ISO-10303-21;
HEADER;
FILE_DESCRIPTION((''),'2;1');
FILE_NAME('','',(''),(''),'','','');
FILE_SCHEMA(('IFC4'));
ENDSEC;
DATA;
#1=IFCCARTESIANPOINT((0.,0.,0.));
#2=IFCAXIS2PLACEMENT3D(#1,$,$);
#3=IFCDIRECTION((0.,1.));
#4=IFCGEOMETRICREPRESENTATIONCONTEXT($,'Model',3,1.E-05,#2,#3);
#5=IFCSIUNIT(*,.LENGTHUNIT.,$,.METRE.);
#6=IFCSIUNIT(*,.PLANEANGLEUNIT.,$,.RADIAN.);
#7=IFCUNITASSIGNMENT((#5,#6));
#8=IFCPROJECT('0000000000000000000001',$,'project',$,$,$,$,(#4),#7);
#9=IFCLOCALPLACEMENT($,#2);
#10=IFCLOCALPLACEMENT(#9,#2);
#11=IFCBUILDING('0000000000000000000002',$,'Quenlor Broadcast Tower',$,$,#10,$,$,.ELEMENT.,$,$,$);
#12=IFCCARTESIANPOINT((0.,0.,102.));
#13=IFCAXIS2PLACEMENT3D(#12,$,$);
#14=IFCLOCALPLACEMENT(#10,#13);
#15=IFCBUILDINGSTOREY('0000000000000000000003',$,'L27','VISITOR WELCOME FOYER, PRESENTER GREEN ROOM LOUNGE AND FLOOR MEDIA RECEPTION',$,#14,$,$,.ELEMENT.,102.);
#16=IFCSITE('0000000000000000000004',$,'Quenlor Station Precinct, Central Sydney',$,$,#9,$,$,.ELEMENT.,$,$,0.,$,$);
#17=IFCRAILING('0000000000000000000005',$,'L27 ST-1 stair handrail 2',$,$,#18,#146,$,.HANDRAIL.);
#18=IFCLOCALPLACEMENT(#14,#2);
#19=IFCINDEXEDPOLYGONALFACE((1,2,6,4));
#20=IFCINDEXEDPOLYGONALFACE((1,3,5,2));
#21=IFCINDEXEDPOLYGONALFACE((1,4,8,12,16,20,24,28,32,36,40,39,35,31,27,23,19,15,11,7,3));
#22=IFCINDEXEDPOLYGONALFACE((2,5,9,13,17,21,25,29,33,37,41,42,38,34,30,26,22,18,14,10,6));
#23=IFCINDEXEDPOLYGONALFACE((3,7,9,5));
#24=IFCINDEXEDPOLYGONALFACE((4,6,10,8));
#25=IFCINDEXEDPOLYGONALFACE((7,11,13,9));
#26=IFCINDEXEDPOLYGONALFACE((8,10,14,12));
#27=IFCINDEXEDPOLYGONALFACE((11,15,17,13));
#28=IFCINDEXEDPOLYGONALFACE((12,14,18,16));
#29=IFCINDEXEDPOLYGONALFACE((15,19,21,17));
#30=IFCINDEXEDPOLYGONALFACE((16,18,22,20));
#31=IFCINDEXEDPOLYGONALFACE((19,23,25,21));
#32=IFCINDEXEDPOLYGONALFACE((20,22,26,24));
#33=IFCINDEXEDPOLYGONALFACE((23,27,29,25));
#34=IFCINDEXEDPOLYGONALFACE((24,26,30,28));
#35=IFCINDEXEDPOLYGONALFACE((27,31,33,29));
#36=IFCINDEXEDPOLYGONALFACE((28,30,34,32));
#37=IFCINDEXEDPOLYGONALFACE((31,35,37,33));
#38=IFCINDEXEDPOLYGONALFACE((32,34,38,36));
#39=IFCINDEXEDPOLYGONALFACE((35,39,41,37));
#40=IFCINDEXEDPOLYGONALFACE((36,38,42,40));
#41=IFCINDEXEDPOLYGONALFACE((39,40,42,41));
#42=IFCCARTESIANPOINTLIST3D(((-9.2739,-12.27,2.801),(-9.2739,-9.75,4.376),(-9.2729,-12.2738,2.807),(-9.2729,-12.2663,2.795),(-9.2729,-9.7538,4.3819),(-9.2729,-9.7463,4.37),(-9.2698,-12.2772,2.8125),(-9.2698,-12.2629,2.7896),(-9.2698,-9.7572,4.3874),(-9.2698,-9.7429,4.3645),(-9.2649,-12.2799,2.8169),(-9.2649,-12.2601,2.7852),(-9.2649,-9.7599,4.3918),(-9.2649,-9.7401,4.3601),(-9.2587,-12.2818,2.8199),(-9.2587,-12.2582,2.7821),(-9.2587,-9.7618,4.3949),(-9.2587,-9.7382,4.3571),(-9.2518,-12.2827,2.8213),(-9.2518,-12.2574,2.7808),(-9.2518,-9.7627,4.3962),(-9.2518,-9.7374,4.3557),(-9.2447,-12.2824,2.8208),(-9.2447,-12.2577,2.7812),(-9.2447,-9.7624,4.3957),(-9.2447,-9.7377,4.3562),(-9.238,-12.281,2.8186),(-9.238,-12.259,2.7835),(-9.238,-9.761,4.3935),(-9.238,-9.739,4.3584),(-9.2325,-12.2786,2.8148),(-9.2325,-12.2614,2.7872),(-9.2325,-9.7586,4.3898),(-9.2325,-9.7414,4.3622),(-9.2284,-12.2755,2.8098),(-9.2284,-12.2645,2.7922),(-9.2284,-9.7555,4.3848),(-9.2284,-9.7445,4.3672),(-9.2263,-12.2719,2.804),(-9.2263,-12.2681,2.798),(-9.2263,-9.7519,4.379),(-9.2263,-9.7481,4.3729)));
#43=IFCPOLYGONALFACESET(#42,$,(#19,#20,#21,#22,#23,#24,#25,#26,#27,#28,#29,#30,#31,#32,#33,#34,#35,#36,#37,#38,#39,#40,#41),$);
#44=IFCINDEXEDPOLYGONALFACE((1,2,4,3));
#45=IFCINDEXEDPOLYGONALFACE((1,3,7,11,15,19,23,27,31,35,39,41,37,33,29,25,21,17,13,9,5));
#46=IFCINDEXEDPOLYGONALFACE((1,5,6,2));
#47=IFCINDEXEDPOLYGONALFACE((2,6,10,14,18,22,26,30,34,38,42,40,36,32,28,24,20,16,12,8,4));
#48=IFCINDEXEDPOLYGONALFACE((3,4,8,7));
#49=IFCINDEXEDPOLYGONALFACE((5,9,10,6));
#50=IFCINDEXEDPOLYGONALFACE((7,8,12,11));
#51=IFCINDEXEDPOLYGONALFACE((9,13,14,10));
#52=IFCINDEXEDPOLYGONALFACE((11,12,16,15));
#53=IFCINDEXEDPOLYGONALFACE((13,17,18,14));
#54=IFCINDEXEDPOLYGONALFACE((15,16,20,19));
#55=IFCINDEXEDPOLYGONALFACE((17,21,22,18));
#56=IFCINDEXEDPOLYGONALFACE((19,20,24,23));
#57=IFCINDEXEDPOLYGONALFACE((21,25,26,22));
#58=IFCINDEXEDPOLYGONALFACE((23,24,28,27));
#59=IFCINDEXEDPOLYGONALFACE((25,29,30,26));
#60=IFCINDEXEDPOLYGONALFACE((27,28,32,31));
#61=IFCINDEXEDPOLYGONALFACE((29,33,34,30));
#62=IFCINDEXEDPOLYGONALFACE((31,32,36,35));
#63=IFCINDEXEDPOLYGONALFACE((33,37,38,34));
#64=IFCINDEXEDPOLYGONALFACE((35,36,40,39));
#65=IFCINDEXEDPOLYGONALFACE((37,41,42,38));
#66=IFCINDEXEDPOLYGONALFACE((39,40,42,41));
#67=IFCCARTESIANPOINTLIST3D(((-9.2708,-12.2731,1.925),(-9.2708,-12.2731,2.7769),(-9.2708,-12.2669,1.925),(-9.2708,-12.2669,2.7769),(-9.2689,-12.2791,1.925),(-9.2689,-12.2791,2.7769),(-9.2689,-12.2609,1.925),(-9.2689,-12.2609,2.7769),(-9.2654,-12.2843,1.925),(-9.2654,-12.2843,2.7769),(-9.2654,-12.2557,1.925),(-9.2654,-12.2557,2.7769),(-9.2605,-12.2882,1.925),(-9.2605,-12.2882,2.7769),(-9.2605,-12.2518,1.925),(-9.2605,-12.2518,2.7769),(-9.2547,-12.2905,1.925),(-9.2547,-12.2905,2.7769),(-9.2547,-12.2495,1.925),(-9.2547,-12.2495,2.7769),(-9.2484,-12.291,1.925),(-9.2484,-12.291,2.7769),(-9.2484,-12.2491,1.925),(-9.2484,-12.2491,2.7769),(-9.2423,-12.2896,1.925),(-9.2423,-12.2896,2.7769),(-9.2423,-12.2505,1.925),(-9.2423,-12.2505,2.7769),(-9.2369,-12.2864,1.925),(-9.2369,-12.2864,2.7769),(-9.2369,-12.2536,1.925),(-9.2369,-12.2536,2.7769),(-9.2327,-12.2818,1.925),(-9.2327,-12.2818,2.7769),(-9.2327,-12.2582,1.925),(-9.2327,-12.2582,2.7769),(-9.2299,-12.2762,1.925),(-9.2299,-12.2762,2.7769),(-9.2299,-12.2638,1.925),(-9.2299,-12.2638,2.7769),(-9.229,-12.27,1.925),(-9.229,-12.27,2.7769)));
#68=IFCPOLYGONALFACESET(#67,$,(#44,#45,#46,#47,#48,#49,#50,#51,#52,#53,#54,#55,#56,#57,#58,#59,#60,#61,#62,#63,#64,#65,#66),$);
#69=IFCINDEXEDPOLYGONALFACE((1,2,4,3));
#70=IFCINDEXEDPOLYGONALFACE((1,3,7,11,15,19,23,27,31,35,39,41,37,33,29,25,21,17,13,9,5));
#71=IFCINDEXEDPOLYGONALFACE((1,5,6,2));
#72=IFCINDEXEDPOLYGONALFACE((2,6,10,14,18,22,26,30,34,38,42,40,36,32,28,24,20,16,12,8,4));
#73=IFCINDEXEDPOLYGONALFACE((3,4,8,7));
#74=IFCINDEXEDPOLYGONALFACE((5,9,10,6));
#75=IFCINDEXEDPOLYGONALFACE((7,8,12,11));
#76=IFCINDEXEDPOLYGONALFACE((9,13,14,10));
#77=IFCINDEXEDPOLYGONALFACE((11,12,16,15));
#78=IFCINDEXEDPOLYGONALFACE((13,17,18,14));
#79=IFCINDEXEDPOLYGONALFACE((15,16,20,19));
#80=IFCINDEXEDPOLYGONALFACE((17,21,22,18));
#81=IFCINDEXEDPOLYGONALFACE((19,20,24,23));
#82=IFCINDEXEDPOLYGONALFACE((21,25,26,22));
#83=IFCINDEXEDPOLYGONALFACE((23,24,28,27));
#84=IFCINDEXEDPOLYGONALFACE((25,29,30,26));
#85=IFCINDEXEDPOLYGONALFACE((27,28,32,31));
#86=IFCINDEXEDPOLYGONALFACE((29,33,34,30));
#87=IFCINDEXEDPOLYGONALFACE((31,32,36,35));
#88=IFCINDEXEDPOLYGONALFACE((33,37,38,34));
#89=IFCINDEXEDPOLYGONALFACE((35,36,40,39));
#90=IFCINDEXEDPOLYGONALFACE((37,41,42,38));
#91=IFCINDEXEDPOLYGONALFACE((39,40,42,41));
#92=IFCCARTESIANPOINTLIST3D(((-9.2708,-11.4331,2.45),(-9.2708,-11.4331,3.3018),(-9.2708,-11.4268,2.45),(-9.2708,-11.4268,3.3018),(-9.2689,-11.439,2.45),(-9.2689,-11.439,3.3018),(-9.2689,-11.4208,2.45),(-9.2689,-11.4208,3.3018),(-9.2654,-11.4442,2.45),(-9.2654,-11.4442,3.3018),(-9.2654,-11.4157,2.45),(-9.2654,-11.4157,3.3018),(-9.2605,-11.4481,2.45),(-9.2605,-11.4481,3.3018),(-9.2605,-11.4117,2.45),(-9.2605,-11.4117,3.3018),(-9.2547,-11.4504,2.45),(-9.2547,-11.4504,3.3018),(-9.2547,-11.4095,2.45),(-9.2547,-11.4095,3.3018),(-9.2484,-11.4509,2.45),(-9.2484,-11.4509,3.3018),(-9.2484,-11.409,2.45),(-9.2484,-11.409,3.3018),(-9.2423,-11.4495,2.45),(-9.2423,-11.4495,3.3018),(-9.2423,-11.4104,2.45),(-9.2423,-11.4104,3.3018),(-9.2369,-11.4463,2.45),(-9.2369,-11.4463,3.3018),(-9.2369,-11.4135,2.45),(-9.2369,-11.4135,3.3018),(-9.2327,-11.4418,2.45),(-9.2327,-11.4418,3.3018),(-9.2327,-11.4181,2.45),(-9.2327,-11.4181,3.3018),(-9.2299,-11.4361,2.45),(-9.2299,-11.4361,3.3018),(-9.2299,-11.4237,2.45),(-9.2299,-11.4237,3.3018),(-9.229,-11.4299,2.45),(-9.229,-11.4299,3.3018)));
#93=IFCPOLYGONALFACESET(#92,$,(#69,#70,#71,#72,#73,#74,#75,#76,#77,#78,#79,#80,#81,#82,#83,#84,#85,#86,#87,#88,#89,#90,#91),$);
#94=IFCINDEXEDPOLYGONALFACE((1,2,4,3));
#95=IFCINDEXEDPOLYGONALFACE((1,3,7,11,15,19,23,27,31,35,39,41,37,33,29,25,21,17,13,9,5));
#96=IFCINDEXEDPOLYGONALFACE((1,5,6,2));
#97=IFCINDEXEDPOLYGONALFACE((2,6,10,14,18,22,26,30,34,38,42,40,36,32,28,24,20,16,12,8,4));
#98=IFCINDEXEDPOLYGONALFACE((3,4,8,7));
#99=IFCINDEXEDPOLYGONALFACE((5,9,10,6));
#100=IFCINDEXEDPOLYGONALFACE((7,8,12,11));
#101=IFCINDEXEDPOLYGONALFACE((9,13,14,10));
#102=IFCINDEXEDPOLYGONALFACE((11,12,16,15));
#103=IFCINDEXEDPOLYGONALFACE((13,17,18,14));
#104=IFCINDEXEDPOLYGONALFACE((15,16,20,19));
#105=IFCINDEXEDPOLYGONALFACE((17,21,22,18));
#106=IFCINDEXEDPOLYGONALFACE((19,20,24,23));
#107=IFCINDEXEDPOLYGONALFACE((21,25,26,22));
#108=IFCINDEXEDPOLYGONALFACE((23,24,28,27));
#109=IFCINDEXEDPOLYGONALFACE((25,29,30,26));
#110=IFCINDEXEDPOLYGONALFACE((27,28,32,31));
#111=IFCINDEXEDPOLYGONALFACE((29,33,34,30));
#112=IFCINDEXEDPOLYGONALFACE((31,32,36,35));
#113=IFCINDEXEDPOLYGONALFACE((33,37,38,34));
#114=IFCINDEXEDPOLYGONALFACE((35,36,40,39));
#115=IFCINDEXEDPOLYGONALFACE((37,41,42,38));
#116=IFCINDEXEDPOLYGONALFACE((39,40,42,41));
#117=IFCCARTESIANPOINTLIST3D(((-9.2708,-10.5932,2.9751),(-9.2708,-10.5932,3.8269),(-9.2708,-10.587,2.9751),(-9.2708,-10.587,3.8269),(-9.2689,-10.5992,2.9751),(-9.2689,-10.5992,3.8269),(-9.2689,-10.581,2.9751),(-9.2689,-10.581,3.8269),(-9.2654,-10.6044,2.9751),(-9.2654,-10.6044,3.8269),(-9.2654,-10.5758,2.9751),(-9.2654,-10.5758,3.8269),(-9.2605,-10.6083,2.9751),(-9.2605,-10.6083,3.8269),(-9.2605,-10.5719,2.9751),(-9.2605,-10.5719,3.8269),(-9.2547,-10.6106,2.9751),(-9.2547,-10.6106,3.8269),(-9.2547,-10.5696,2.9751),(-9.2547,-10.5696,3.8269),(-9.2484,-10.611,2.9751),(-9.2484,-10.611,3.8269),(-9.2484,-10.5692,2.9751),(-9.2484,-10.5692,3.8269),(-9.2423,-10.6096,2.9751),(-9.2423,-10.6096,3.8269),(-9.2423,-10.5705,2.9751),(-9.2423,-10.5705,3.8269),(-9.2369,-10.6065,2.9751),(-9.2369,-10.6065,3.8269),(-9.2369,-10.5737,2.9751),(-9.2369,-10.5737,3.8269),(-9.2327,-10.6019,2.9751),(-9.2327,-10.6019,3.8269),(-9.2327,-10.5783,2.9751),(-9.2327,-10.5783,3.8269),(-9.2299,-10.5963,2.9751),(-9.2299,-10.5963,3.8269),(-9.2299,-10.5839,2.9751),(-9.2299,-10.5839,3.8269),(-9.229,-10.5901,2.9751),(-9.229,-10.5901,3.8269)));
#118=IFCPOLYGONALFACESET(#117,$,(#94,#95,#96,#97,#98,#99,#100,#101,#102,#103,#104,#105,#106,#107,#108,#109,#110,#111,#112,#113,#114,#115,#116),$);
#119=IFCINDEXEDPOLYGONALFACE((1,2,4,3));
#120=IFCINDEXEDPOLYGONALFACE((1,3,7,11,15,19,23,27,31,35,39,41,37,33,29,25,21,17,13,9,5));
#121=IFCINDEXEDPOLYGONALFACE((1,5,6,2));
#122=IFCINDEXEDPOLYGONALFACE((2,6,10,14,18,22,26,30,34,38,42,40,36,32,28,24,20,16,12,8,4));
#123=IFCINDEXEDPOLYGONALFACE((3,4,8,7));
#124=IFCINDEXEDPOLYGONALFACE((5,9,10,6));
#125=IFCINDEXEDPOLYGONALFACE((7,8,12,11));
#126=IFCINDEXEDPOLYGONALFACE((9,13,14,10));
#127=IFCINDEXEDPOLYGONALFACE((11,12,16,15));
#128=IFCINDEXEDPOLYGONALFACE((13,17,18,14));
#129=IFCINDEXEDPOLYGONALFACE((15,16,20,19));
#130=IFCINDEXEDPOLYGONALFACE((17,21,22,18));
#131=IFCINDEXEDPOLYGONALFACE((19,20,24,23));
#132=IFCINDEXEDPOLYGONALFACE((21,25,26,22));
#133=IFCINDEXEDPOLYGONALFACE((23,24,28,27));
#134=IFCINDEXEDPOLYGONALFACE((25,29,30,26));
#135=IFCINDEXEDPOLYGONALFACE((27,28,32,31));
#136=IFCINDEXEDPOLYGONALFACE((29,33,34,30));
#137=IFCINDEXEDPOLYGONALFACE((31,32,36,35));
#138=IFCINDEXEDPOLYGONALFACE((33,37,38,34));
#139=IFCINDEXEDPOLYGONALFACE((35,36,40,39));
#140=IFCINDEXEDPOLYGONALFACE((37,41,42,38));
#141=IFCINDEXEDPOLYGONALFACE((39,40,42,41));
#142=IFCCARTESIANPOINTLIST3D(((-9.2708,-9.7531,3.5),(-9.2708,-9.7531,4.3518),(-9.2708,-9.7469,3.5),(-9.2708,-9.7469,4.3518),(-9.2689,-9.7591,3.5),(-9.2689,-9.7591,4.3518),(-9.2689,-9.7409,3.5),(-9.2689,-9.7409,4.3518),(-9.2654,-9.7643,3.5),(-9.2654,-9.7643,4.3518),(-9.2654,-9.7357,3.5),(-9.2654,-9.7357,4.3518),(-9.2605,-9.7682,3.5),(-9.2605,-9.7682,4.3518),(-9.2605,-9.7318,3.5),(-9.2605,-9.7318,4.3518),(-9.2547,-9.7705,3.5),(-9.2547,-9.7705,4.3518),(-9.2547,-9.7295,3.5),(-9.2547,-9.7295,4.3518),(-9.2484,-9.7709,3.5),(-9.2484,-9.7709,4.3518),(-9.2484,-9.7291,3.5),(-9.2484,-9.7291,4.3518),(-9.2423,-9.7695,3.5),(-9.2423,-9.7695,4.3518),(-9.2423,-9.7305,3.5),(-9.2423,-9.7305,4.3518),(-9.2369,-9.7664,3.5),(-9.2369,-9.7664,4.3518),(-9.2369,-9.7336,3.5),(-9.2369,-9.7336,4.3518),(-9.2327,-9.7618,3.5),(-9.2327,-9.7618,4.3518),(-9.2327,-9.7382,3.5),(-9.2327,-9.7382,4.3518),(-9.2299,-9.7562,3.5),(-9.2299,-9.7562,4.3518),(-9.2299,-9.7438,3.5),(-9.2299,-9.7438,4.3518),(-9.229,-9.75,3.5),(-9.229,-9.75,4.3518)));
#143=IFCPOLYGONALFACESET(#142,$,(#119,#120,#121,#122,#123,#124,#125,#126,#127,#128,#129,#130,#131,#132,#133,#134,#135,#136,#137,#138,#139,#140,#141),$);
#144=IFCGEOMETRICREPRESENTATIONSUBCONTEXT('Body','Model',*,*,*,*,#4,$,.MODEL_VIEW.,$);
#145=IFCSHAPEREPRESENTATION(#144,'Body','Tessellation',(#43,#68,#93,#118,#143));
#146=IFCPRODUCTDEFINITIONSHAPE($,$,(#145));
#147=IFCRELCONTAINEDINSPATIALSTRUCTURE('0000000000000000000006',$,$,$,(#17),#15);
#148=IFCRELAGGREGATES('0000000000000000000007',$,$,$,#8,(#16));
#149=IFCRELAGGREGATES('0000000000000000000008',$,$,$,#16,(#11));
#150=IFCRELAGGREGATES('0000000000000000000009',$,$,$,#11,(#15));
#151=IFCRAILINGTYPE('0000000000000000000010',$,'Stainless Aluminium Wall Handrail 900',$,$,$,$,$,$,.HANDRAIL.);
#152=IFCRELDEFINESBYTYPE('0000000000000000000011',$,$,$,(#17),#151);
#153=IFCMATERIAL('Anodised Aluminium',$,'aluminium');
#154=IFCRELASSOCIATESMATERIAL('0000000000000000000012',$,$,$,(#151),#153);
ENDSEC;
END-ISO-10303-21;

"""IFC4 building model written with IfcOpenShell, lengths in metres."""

from ifc_helpers import new_model, si_unit, direction, frame, origin, origin_2d, place, context, subcontext, project, spatial, circle, extrude, material, type_object, element, save


model = new_model("IFC4")

# Units and contexts
model_context = context("Model", 3, precision=1e-05, world=origin(), true_north=direction((0.0, 1.0)))
body_context = subcontext(model_context, "Body", "Model", "MODEL_VIEW")
ifc_project = project(units=[si_unit("LENGTHUNIT", "METRE"), si_unit("PLANEANGLEUNIT", "RADIAN")], contexts=[model_context])

# Site, building, storey
site_placement = place(None, origin())
site = spatial("IfcSite", under=ifc_project, at=site_placement, Name="Quenlor Station Precinct, Central Sydney", CompositionType="ELEMENT", RefElevation=0.0)
building_placement = place(site_placement, origin())
building = spatial("IfcBuilding", under=site, at=building_placement, Name="Quenlor Broadcast Tower", CompositionType="ELEMENT")
storey_placement = place(building_placement, frame((0.0, 0.0, 102.0)))
storey = spatial("IfcBuildingStorey", under=building, at=storey_placement, Name="L27", Description="VISITOR WELCOME FOYER, PRESENTER GREEN ROOM LOUNGE AND FLOOR MEDIA RECEPTION", CompositionType="ELEMENT", Elevation=102.0)

# Railing
ifc_material_1 = material(Name="Anodised Aluminium", Category="aluminium")
railing_type_1 = type_object("IfcRailingType", Name="Stainless Aluminium Wall Handrail 900", PredefinedType="HANDRAIL", material=ifc_material_1)
railing_1_placement = place(storey_placement, frame((-9.25, -12.27, 1.925)))
element("IfcRailing", 1, at=railing_1_placement, inside=storey, type_object=railing_type_1, Name="L27 ST-1 stair handrail 2", PredefinedType="HANDRAIL", context=body_context, shape_type="SweptSolid", body=[
    extrude(circle(Radius=0.0239, at=origin_2d()), frame((0.0, 0.0, 0.876), z_axis=(0.0, 0.848008, 0.529984), x_axis=(-1.0, 0.0, 0.0)), (0.0, 0.0, 1.0), 2.9717),
    extrude(circle(Radius=0.021, at=origin_2d()), origin(), (0.0, 0.0, 1.0), 0.8518),
    extrude(circle(Radius=0.021, at=origin_2d()), frame((0.0, 0.8401, 0.5249)), (0.0, 0.0, 1.0), 0.8518),
    extrude(circle(Radius=0.021, at=origin_2d()), frame((0.0, 1.6799, 1.05)), (0.0, 0.0, 1.0), 0.8518),
    extrude(circle(Radius=0.021, at=origin_2d()), frame((0.0, 2.52, 1.575)), (0.0, 0.0, 1.0), 0.8518),
])

save(model, "model.ifc")
